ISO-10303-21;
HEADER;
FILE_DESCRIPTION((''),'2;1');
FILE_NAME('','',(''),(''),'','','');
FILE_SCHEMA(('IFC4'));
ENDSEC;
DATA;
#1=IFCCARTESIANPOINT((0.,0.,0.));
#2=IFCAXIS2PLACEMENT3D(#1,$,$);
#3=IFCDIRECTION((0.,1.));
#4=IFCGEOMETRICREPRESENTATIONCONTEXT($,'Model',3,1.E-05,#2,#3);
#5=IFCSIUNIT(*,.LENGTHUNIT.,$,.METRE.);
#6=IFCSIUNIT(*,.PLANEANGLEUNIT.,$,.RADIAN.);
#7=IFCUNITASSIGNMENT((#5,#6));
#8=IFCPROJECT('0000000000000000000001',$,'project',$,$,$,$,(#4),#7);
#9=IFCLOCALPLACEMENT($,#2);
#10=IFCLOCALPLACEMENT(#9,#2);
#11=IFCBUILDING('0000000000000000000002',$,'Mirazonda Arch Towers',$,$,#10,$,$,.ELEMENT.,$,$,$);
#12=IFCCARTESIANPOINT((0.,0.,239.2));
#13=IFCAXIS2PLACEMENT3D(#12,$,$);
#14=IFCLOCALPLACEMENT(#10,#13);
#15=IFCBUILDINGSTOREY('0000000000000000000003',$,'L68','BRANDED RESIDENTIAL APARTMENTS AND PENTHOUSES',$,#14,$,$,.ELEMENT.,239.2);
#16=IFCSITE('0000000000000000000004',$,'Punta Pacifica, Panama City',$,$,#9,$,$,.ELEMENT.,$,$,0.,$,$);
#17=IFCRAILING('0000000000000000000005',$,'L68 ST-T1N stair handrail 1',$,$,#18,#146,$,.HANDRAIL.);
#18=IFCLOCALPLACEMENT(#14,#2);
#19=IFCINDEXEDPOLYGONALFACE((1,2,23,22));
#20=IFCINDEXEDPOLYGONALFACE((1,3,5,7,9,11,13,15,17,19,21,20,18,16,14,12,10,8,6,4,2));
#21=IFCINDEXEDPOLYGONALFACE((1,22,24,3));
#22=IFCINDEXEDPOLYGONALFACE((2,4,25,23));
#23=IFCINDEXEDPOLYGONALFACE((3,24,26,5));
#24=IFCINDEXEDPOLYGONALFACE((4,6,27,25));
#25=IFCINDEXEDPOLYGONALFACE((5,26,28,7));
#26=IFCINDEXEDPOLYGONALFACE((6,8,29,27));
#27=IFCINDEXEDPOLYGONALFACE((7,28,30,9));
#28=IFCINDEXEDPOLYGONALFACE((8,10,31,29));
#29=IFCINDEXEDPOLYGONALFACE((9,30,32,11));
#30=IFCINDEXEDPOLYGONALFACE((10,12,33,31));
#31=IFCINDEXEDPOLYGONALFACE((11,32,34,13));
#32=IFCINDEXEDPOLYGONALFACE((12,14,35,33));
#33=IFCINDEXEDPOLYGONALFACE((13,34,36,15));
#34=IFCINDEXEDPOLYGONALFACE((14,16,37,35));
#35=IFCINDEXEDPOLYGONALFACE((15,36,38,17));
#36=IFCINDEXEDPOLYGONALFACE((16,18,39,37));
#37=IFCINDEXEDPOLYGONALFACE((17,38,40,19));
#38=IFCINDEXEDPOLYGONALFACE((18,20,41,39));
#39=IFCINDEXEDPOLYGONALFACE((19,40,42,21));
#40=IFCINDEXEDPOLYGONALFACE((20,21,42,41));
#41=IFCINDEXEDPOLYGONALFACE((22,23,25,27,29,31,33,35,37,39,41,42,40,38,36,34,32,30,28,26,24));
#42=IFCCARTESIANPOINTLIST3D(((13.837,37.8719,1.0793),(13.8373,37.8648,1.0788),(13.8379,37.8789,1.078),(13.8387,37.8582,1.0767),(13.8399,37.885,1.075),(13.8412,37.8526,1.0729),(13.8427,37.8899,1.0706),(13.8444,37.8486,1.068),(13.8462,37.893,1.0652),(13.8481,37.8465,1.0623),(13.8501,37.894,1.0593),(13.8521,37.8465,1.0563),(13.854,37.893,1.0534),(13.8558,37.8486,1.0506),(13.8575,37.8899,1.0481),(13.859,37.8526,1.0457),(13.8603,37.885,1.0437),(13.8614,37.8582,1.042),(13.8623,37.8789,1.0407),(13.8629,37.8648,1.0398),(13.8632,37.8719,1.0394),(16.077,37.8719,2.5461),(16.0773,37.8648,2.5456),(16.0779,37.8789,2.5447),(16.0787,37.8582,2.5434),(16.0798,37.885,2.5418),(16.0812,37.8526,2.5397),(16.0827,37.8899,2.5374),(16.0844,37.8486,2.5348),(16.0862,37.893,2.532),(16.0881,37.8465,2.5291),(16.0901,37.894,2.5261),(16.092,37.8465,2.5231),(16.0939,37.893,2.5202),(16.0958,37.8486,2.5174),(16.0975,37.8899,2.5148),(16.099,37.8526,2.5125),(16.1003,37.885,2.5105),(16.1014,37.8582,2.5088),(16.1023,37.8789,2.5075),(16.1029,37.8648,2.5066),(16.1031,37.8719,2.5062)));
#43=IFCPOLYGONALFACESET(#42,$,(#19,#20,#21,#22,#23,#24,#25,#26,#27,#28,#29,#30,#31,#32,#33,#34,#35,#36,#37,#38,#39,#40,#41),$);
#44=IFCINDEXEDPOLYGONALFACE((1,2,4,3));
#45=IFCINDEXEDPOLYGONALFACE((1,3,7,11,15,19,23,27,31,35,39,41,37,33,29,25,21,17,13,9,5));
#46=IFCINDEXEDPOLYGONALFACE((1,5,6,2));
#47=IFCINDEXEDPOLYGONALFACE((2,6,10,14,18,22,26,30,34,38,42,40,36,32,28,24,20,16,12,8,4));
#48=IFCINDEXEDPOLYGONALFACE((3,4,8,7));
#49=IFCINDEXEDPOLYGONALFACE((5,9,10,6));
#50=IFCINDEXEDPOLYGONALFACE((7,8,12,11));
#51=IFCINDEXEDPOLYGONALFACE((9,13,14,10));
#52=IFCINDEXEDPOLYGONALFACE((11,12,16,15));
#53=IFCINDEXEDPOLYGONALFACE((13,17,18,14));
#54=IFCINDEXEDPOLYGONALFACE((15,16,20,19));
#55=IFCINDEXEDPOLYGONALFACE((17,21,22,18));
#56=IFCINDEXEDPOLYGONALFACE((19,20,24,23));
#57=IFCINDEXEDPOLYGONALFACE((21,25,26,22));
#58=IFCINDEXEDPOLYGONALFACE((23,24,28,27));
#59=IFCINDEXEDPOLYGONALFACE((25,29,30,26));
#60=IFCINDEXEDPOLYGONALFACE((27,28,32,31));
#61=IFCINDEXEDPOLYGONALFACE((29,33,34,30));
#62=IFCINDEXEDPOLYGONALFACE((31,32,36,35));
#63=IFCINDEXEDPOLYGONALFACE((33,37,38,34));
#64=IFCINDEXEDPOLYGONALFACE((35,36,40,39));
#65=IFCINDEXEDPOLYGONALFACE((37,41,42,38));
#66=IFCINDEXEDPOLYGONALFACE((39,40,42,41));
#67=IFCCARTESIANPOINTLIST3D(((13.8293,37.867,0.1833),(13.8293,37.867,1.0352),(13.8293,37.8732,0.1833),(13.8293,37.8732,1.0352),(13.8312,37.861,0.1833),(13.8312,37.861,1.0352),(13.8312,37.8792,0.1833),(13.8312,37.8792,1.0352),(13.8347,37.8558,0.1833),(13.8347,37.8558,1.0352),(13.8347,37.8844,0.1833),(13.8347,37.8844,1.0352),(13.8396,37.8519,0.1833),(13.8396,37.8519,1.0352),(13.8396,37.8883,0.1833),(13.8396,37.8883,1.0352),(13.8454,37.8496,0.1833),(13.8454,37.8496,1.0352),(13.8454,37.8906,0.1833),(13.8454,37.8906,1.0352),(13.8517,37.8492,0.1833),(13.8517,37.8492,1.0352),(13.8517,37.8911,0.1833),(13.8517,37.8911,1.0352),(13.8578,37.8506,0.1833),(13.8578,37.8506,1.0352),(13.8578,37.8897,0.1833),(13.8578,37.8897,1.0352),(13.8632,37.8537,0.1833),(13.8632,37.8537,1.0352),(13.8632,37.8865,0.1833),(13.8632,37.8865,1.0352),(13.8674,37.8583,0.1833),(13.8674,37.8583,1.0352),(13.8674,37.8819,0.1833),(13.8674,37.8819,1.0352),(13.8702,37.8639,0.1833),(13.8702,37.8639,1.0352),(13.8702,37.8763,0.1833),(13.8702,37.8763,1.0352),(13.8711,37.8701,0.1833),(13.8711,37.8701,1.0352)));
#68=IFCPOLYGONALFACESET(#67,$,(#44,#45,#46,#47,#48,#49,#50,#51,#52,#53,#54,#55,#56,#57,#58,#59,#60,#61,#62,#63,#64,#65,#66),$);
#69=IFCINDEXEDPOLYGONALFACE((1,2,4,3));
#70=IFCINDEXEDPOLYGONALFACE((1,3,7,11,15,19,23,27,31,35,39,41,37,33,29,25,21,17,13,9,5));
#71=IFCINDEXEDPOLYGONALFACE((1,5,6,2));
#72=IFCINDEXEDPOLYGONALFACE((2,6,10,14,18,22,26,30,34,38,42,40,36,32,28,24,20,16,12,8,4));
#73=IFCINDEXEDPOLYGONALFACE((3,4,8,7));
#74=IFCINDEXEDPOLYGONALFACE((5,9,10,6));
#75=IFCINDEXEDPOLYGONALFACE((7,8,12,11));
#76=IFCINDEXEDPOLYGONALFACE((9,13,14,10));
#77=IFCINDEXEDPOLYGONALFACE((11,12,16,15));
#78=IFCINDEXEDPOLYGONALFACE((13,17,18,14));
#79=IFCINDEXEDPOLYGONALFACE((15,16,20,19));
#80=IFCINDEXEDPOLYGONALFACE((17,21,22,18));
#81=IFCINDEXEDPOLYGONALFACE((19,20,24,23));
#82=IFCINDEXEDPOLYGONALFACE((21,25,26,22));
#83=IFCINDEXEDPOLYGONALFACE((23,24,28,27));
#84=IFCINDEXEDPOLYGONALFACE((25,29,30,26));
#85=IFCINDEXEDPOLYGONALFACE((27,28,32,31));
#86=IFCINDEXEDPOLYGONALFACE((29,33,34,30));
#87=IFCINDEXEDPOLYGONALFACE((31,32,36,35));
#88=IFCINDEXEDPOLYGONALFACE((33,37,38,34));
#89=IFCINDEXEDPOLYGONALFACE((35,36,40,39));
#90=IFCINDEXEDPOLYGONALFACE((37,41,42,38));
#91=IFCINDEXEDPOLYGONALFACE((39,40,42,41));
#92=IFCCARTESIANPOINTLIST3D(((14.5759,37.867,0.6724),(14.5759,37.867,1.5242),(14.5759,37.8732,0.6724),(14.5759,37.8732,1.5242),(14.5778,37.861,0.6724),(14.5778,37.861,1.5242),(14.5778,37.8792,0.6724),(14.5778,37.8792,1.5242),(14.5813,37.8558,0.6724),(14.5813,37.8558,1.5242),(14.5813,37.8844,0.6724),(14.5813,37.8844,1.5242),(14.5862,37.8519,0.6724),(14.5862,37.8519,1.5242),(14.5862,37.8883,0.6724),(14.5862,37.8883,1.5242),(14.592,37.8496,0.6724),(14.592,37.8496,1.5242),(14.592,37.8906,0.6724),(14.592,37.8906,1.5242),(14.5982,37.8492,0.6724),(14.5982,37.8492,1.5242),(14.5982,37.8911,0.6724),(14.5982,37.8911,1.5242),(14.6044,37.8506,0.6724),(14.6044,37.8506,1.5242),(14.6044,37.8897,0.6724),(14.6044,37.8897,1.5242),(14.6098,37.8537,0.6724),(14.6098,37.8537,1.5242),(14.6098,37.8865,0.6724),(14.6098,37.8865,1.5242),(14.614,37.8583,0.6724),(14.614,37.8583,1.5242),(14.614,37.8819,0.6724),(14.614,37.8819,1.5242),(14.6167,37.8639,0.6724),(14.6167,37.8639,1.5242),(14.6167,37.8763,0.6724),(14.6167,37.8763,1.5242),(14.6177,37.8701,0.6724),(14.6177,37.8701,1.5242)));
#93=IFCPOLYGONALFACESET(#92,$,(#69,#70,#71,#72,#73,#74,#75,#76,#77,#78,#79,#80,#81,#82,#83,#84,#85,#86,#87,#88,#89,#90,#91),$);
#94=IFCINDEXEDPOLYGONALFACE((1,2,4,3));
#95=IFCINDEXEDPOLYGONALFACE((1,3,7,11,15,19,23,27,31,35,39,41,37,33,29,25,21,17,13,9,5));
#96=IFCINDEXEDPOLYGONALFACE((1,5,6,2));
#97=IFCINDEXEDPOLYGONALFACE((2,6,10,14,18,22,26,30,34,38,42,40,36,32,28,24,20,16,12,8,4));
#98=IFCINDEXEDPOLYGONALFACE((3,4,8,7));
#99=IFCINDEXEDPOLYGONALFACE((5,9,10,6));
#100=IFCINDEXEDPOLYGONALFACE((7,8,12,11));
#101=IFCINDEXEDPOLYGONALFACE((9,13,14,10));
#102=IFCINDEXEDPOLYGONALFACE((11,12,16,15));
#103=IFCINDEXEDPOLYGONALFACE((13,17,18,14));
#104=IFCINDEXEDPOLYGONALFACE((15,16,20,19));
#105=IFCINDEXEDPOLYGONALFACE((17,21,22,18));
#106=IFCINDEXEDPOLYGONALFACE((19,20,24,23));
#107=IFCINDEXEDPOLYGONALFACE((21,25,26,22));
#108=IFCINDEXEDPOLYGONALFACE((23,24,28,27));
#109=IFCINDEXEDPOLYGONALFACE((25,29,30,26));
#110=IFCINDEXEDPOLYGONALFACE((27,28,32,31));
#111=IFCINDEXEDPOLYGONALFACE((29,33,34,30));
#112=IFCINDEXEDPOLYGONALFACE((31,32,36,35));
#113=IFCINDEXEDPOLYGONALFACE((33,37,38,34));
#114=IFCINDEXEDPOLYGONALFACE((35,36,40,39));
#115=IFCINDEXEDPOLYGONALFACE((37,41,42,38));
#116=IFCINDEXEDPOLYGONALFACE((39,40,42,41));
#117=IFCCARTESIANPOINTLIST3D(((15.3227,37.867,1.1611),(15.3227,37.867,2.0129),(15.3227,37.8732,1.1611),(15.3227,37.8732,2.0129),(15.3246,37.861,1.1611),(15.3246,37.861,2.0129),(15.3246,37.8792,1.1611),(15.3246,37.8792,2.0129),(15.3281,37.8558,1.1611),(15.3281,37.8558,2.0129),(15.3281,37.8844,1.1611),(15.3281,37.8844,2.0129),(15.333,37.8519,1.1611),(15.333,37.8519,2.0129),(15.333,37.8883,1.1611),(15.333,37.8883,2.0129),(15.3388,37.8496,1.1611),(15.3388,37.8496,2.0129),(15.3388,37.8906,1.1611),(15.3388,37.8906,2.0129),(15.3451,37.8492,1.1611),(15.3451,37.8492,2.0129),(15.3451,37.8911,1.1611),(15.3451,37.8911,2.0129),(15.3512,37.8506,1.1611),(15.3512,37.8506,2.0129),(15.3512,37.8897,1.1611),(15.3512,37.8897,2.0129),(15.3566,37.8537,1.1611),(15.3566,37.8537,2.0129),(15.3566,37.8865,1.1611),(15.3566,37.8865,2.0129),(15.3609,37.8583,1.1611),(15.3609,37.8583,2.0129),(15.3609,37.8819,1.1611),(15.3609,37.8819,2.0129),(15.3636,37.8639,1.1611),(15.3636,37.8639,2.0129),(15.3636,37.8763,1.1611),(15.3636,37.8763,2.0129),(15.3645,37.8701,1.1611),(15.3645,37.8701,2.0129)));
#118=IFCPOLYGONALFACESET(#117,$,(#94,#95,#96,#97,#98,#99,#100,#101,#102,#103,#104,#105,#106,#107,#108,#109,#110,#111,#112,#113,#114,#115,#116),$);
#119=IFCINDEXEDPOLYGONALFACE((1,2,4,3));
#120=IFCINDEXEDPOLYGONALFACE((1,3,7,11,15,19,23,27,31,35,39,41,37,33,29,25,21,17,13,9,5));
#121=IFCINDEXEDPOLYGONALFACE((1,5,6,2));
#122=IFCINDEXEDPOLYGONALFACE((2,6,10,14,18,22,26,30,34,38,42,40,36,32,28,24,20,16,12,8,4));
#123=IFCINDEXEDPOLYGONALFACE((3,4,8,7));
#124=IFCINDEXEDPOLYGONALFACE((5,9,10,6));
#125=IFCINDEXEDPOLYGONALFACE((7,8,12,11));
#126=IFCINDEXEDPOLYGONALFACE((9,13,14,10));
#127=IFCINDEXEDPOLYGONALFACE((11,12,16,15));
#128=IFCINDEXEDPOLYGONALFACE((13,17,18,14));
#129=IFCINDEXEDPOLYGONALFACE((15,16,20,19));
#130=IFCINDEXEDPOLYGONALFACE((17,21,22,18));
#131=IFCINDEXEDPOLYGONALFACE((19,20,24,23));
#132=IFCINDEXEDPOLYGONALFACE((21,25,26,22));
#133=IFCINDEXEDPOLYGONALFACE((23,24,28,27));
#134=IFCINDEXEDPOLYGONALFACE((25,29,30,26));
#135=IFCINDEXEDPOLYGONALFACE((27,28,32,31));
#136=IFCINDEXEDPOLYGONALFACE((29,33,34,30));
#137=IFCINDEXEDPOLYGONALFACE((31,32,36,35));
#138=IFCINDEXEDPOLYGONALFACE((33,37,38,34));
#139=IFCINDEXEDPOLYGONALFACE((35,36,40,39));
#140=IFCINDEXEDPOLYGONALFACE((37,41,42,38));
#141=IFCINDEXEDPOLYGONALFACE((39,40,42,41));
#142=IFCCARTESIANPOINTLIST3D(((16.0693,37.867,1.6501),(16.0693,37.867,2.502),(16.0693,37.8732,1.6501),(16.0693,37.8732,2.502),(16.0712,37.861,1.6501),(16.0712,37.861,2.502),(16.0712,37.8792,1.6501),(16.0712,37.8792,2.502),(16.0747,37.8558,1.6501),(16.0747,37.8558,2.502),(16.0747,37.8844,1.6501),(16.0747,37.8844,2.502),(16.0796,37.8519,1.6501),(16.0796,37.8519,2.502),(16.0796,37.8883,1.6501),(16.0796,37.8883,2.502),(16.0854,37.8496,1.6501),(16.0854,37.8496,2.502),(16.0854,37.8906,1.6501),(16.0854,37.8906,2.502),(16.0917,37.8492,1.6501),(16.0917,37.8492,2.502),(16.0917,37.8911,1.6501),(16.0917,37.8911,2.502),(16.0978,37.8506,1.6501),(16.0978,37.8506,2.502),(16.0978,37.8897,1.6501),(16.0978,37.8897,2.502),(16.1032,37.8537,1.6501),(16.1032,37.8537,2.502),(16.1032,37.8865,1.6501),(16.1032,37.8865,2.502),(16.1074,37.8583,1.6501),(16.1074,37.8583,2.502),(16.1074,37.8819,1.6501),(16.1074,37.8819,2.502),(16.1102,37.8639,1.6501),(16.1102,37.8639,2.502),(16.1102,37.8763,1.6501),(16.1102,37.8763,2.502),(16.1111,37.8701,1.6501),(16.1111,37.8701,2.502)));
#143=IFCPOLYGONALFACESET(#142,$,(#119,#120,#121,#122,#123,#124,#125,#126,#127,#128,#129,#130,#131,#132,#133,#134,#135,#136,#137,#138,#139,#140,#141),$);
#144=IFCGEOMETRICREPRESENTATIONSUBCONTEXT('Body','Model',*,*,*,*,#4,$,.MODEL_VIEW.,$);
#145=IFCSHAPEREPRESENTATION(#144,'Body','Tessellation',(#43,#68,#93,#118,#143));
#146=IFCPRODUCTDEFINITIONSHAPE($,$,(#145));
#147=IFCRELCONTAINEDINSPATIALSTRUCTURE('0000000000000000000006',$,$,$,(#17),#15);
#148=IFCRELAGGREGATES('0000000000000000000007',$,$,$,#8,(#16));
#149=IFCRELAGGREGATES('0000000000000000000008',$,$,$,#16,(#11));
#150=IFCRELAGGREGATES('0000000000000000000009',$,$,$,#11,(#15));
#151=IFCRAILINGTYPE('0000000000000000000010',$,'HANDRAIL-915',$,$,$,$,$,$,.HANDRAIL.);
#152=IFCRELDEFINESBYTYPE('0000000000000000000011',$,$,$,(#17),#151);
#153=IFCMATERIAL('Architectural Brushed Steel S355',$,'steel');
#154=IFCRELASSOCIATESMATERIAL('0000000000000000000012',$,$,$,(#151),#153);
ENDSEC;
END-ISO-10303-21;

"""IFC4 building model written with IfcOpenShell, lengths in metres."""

from ifc_helpers import new_model, si_unit, direction, frame, origin, origin_2d, place, context, subcontext, project, spatial, circle, extrude, material, type_object, element, save


model = new_model("IFC4")

# Units and contexts
model_context = context("Model", 3, precision=1e-05, world=origin(), true_north=direction((0.0, 1.0)))
body_context = subcontext(model_context, "Body", "Model", "MODEL_VIEW")
ifc_project = project(units=[si_unit("LENGTHUNIT", "METRE"), si_unit("PLANEANGLEUNIT", "RADIAN")], contexts=[model_context])

# Site, building, storey
site_placement = place(None, origin())
site = spatial("IfcSite", under=ifc_project, at=site_placement, Name="Punta Pacifica, Panama City", CompositionType="ELEMENT", RefElevation=0.0)
building_placement = place(site_placement, origin())
building = spatial("IfcBuilding", under=site, at=building_placement, Name="Mirazonda Arch Towers", CompositionType="ELEMENT")
storey_placement = place(building_placement, frame((0.0, 0.0, 239.2)))
storey = spatial("IfcBuildingStorey", under=building, at=storey_placement, Name="L68", Description="BRANDED RESIDENTIAL APARTMENTS AND PENTHOUSES", CompositionType="ELEMENT", Elevation=239.2)

# Shared definitions
ifc_material_1 = material(Name="Architectural Brushed Steel S355", Category="steel")

# Railing
railing_type_1 = type_object("IfcRailingType", Name="HANDRAIL-915", PredefinedType="HANDRAIL", material=ifc_material_1)
railing_1_placement = place(storey_placement, frame((13.8501, 37.8701, 0.1833)))
element("IfcRailing", 1, at=railing_1_placement, inside=storey, type_object=railing_type_1, Name="L68 ST-T1N stair handrail 1", PredefinedType="HANDRAIL", context=body_context, shape_type="SweptSolid", body=[
    extrude(circle(Radius=0.0239, at=origin_2d()), frame((0.0, 0.0, 0.876), z_axis=(0.836595, 0.0, 0.547822), x_axis=(0.0, 1.0, 0.0)), (0.0, 0.0, 1.0), 2.6775),
    extrude(circle(Radius=0.021, at=origin_2d()), origin(), (0.0, 0.0, 1.0), 0.8518),
    extrude(circle(Radius=0.021, at=origin_2d()), frame((0.7466, 0.0, 0.489)), (0.0, 0.0, 1.0), 0.8518),
    extrude(circle(Radius=0.021, at=origin_2d()), frame((1.4934, 0.0, 0.9778)), (0.0, 0.0, 1.0), 0.8518),
    extrude(circle(Radius=0.021, at=origin_2d()), frame((2.24, 0.0, 1.4668)), (0.0, 0.0, 1.0), 0.8518),
])

save(model, "model.ifc")
